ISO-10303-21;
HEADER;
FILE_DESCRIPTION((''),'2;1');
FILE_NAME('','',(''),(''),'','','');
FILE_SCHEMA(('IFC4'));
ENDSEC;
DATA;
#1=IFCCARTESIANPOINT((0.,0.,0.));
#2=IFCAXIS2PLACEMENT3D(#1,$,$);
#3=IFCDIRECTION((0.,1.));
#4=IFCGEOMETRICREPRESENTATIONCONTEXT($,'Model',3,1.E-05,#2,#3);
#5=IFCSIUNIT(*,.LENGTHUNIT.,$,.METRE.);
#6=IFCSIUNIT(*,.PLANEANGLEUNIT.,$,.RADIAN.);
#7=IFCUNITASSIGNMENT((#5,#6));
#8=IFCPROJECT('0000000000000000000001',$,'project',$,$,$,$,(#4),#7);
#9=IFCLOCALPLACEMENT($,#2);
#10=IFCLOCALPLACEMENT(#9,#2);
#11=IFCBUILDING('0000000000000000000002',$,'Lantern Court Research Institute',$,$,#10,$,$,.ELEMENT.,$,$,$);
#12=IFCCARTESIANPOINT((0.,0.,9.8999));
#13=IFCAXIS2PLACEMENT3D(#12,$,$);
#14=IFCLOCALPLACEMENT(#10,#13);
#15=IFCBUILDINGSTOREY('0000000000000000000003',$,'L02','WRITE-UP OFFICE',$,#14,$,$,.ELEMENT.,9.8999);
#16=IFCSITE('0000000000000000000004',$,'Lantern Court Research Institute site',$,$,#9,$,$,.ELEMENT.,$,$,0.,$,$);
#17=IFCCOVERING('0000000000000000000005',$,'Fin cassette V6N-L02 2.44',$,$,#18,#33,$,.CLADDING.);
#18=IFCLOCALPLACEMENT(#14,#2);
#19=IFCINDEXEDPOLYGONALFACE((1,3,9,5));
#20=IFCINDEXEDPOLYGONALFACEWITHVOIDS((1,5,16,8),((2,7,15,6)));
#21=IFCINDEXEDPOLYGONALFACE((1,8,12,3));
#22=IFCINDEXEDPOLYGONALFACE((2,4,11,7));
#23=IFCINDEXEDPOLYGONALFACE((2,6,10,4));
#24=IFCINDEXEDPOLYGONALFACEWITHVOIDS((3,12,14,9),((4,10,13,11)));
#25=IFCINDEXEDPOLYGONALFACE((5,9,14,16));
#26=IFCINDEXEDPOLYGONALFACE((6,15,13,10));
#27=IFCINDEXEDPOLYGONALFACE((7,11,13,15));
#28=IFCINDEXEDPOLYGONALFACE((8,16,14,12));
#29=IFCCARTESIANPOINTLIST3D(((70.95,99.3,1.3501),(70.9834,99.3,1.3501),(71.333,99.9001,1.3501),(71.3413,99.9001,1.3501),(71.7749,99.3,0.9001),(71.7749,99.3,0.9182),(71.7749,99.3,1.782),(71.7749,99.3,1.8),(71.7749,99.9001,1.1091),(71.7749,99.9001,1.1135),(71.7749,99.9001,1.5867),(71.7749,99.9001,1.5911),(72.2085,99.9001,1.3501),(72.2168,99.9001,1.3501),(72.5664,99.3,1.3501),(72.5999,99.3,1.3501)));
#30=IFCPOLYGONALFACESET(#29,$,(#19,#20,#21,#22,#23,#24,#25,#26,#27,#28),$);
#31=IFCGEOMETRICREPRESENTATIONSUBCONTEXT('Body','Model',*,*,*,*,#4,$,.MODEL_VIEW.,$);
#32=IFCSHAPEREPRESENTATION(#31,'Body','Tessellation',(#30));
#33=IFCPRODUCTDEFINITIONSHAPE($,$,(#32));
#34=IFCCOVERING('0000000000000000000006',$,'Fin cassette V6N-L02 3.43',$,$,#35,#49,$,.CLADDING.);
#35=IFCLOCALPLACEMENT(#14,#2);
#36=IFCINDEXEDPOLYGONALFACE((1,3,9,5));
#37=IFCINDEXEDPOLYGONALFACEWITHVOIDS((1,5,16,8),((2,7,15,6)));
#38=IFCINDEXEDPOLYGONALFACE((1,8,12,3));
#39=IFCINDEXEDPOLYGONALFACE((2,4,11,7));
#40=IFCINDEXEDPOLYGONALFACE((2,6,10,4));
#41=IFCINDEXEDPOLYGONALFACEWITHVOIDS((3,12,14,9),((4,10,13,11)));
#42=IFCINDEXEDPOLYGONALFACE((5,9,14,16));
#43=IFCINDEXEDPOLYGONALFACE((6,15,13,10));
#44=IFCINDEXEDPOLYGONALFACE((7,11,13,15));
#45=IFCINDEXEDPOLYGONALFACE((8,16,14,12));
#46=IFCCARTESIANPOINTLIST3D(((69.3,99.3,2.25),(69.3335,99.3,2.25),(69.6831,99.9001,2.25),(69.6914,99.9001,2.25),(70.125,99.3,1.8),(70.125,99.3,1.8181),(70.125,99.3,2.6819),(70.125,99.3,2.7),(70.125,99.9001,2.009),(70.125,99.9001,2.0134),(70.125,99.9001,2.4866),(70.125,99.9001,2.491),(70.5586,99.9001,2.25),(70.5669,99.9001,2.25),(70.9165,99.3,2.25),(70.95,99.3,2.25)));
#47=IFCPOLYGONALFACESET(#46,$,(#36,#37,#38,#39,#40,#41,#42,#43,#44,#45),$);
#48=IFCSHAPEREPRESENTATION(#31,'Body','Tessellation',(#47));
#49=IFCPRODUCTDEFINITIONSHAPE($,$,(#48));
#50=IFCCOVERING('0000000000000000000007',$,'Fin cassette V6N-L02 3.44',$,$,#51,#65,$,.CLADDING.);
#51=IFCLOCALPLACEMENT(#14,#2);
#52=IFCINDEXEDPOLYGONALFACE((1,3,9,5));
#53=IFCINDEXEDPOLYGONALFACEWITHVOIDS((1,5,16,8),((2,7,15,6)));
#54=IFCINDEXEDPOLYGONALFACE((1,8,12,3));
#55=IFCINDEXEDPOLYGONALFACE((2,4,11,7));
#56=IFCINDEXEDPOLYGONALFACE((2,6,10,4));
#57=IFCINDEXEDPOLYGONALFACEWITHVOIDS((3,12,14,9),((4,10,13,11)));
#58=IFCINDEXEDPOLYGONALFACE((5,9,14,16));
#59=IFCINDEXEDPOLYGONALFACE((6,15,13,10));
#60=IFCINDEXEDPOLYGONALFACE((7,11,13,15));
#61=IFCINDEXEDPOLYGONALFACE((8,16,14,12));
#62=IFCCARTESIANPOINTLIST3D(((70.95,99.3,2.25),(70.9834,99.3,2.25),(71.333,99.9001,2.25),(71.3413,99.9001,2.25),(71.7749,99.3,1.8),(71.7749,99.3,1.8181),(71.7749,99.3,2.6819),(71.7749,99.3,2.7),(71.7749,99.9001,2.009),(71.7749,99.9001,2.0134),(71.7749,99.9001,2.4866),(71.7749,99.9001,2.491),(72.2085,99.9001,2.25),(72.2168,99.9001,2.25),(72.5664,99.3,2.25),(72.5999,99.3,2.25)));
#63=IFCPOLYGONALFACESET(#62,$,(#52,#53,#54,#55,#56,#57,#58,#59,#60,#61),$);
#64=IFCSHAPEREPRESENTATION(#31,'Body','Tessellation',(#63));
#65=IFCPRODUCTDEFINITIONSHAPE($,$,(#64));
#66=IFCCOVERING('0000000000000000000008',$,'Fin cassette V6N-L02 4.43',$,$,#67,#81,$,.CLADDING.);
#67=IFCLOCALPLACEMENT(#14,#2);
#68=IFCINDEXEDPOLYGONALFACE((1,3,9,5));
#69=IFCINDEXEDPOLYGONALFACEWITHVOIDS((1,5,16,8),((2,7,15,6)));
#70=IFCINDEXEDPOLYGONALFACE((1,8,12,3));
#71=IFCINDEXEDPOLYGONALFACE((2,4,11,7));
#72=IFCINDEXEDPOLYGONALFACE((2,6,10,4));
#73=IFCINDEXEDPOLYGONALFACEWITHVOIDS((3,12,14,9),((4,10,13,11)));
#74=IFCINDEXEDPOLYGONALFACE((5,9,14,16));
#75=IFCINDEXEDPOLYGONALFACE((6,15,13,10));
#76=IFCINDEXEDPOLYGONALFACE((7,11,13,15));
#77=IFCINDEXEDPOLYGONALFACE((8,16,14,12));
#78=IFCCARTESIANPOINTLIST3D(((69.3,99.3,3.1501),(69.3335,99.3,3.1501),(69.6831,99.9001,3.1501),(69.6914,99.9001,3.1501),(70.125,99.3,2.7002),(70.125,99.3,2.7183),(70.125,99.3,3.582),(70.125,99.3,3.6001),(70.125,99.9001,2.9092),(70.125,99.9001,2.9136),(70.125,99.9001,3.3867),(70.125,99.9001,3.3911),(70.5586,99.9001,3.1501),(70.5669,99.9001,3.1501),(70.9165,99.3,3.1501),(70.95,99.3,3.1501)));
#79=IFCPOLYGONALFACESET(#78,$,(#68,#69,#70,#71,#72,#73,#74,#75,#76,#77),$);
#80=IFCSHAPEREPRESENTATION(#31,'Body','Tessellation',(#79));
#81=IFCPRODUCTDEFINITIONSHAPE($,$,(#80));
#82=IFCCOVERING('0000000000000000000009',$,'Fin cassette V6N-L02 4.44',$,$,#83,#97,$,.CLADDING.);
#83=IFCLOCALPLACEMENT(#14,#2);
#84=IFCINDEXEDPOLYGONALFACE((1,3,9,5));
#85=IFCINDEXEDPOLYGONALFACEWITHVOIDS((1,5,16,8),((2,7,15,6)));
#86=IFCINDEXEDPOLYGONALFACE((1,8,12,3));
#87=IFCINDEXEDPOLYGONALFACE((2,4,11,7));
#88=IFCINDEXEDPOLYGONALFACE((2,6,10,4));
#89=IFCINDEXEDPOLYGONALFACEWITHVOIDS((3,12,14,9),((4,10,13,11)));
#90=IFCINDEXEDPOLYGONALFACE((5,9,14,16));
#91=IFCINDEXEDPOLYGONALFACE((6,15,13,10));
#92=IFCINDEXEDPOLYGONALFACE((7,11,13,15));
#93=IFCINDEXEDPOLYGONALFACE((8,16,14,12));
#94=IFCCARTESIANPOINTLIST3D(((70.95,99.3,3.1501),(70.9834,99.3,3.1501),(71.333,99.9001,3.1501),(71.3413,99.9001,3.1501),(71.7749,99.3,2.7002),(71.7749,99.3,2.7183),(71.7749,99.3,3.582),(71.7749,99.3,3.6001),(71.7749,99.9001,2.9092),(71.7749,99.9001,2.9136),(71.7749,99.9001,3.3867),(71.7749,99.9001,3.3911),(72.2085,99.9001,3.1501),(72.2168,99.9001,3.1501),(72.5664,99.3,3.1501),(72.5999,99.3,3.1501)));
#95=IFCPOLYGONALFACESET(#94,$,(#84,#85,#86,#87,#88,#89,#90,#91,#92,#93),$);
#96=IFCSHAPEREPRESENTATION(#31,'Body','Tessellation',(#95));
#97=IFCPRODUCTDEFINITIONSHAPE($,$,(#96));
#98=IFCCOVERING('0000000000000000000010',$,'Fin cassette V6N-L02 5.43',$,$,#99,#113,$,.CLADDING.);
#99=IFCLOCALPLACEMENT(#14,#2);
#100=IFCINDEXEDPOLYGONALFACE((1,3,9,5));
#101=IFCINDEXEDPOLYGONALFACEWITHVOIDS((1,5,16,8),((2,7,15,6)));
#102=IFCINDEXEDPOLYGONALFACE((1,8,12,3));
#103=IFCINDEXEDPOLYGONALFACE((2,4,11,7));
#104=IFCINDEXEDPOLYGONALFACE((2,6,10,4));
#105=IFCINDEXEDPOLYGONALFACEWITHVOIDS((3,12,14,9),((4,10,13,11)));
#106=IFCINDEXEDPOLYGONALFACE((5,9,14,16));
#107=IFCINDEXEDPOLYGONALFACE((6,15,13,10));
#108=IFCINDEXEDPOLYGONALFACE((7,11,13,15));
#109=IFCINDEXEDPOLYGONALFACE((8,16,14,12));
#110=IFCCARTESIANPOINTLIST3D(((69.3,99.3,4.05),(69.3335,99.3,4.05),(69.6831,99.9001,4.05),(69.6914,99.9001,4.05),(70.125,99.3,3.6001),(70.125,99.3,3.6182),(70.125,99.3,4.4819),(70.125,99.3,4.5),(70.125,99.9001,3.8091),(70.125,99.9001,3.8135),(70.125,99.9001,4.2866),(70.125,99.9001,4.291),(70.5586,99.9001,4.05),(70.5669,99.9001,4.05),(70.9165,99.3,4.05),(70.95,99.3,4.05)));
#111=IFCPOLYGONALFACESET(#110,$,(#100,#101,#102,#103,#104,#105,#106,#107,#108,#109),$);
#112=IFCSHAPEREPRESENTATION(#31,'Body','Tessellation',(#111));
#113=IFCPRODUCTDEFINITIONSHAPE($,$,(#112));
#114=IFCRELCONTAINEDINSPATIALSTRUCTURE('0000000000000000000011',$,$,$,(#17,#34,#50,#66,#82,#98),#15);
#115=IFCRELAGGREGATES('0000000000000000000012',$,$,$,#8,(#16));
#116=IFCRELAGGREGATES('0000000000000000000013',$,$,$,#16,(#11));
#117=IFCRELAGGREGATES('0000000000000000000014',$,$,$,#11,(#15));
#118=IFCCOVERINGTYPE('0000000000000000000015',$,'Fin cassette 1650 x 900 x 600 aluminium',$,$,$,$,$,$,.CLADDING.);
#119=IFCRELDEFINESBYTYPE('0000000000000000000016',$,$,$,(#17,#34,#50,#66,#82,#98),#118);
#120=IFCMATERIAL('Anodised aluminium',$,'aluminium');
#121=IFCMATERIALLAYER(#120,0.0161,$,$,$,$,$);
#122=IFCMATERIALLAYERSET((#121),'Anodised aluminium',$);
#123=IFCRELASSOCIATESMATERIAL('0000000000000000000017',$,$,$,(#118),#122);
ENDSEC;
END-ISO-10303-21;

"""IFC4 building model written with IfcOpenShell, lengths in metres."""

from ifc_helpers import new_model, entity, si_unit, direction, frame, origin, place, context, subcontext, project, spatial, material, layer, layer_set, type_object, element, save


model = new_model("IFC4")

# Units and contexts
model_context = context("Model", 3, precision=1e-05, world=origin(), true_north=direction((0.0, 1.0)))
body_context = subcontext(model_context, "Body", "Model", "MODEL_VIEW")
ifc_project = project(units=[si_unit("LENGTHUNIT", "METRE"), si_unit("PLANEANGLEUNIT", "RADIAN")], contexts=[model_context])

# Site, building, storey
site_placement = place(None, origin())
site = spatial("IfcSite", under=ifc_project, at=site_placement, Name="Lantern Court Research Institute site", CompositionType="ELEMENT", RefElevation=0.0)
building_placement = place(site_placement, origin())
building = spatial("IfcBuilding", under=site, at=building_placement, Name="Lantern Court Research Institute", CompositionType="ELEMENT")
storey_placement = place(building_placement, frame((0.0, 0.0, 9.8999)))
storey = spatial("IfcBuildingStorey", under=building, at=storey_placement, Name="L02", Description="WRITE-UP OFFICE", CompositionType="ELEMENT", Elevation=9.8999)

# Coverings
ifc_material_1 = material(Name="Anodised aluminium", Category="aluminium")
ifc_layer_1 = layer(ifc_material_1, 0.0161)
ifc_layer_set_1 = layer_set([ifc_layer_1], Name="Anodised aluminium")
covering_type = type_object("IfcCoveringType", Name="Fin cassette 1650 x 900 x 600 aluminium", PredefinedType="CLADDING", material=ifc_layer_set_1)
covering_1_placement = place(storey_placement, frame((71.7749, 99.3, 1.3501), z_axis=(0.0, 1.0, 0.0), x_axis=(-1.0, 0.0, 0.0)))
cartesian_point_1 = entity("IfcCartesianPoint", [0.825, 0.0])
cartesian_point_2 = entity("IfcCartesianPoint", [0.7915, 0.0])
cartesian_point_3 = entity("IfcCartesianPoint", [0.4419, 0.0])
cartesian_point_4 = entity("IfcCartesianPoint", [0.4336, 0.0])
element("IfcCovering", 1, at=covering_1_placement, inside=storey, type_object=covering_type, Name="Fin cassette V6N-L02 2.44", PredefinedType="CLADDING", context=body_context, shape_type="SweptSolid", body=[
    entity("IfcExtrudedAreaSolidTapered", entity("IfcArbitraryProfileDefWithVoids", "AREA", None, entity("IfcPolyline", [cartesian_point_1, entity("IfcCartesianPoint", [0.0, 0.45]), entity("IfcCartesianPoint", [-0.825, 0.0]), entity("IfcCartesianPoint", [0.0, -0.45]), cartesian_point_1]), [entity("IfcPolyline", [cartesian_point_2, entity("IfcCartesianPoint", [0.0, 0.4319]), entity("IfcCartesianPoint", [-0.7915, 0.0]), entity("IfcCartesianPoint", [0.0, -0.4319]), cartesian_point_2])]), entity("IfcAxis2Placement3D", entity("IfcCartesianPoint", [0.0, 0.0, 0.0])), entity("IfcDirection", [0.0, 0.0, 1.0]), 0.6001, entity("IfcArbitraryProfileDefWithVoids", "AREA", None, entity("IfcPolyline", [cartesian_point_3, entity("IfcCartesianPoint", [0.0, 0.241]), entity("IfcCartesianPoint", [-0.4419, 0.0]), entity("IfcCartesianPoint", [0.0, -0.241]), cartesian_point_3]), [entity("IfcPolyline", [cartesian_point_4, entity("IfcCartesianPoint", [0.0, 0.2366]), entity("IfcCartesianPoint", [-0.4336, 0.0]), entity("IfcCartesianPoint", [0.0, -0.2366]), cartesian_point_4])])),
])
covering_2_placement = place(storey_placement, frame((70.125, 99.3, 2.25), z_axis=(0.0, 1.0, 0.0), x_axis=(-1.0, 0.0, 0.0)))
cartesian_point_5 = entity("IfcCartesianPoint", [0.825, 0.0])
cartesian_point_6 = entity("IfcCartesianPoint", [0.7915, 0.0])
cartesian_point_7 = entity("IfcCartesianPoint", [0.4419, 0.0])
cartesian_point_8 = entity("IfcCartesianPoint", [0.4336, 0.0])
element("IfcCovering", 2, at=covering_2_placement, inside=storey, type_object=covering_type, Name="Fin cassette V6N-L02 3.43", PredefinedType="CLADDING", context=body_context, shape_type="SweptSolid", body=[
    entity("IfcExtrudedAreaSolidTapered", entity("IfcArbitraryProfileDefWithVoids", "AREA", None, entity("IfcPolyline", [cartesian_point_5, entity("IfcCartesianPoint", [0.0, 0.45]), entity("IfcCartesianPoint", [-0.825, 0.0]), entity("IfcCartesianPoint", [0.0, -0.45]), cartesian_point_5]), [entity("IfcPolyline", [cartesian_point_6, entity("IfcCartesianPoint", [0.0, 0.4319]), entity("IfcCartesianPoint", [-0.7915, 0.0]), entity("IfcCartesianPoint", [0.0, -0.4319]), cartesian_point_6])]), entity("IfcAxis2Placement3D", entity("IfcCartesianPoint", [0.0, 0.0, 0.0])), entity("IfcDirection", [0.0, 0.0, 1.0]), 0.6001, entity("IfcArbitraryProfileDefWithVoids", "AREA", None, entity("IfcPolyline", [cartesian_point_7, entity("IfcCartesianPoint", [0.0, 0.241]), entity("IfcCartesianPoint", [-0.4419, 0.0]), entity("IfcCartesianPoint", [0.0, -0.241]), cartesian_point_7]), [entity("IfcPolyline", [cartesian_point_8, entity("IfcCartesianPoint", [0.0, 0.2366]), entity("IfcCartesianPoint", [-0.4336, 0.0]), entity("IfcCartesianPoint", [0.0, -0.2366]), cartesian_point_8])])),
])
covering_3_placement = place(storey_placement, frame((71.7749, 99.3, 2.25), z_axis=(0.0, 1.0, 0.0), x_axis=(-1.0, 0.0, 0.0)))
cartesian_point_9 = entity("IfcCartesianPoint", [0.825, 0.0])
cartesian_point_10 = entity("IfcCartesianPoint", [0.7915, 0.0])
cartesian_point_11 = entity("IfcCartesianPoint", [0.4419, 0.0])
cartesian_point_12 = entity("IfcCartesianPoint", [0.4336, 0.0])
element("IfcCovering", 3, at=covering_3_placement, inside=storey, type_object=covering_type, Name="Fin cassette V6N-L02 3.44", PredefinedType="CLADDING", context=body_context, shape_type="SweptSolid", body=[
    entity("IfcExtrudedAreaSolidTapered", entity("IfcArbitraryProfileDefWithVoids", "AREA", None, entity("IfcPolyline", [cartesian_point_9, entity("IfcCartesianPoint", [0.0, 0.45]), entity("IfcCartesianPoint", [-0.825, 0.0]), entity("IfcCartesianPoint", [0.0, -0.45]), cartesian_point_9]), [entity("IfcPolyline", [cartesian_point_10, entity("IfcCartesianPoint", [0.0, 0.4319]), entity("IfcCartesianPoint", [-0.7915, 0.0]), entity("IfcCartesianPoint", [0.0, -0.4319]), cartesian_point_10])]), entity("IfcAxis2Placement3D", entity("IfcCartesianPoint", [0.0, 0.0, 0.0])), entity("IfcDirection", [0.0, 0.0, 1.0]), 0.6001, entity("IfcArbitraryProfileDefWithVoids", "AREA", None, entity("IfcPolyline", [cartesian_point_11, entity("IfcCartesianPoint", [0.0, 0.241]), entity("IfcCartesianPoint", [-0.4419, 0.0]), entity("IfcCartesianPoint", [0.0, -0.241]), cartesian_point_11]), [entity("IfcPolyline", [cartesian_point_12, entity("IfcCartesianPoint", [0.0, 0.2366]), entity("IfcCartesianPoint", [-0.4336, 0.0]), entity("IfcCartesianPoint", [0.0, -0.2366]), cartesian_point_12])])),
])
covering_4_placement = place(storey_placement, frame((70.125, 99.3, 3.1501), z_axis=(0.0, 1.0, 0.0), x_axis=(-1.0, 0.0, 0.0)))
cartesian_point_13 = entity("IfcCartesianPoint", [0.825, 0.0])
cartesian_point_14 = entity("IfcCartesianPoint", [0.7915, 0.0])
cartesian_point_15 = entity("IfcCartesianPoint", [0.4419, 0.0])
cartesian_point_16 = entity("IfcCartesianPoint", [0.4336, 0.0])
element("IfcCovering", 4, at=covering_4_placement, inside=storey, type_object=covering_type, Name="Fin cassette V6N-L02 4.43", PredefinedType="CLADDING", context=body_context, shape_type="SweptSolid", body=[
    entity("IfcExtrudedAreaSolidTapered", entity("IfcArbitraryProfileDefWithVoids", "AREA", None, entity("IfcPolyline", [cartesian_point_13, entity("IfcCartesianPoint", [0.0, 0.45]), entity("IfcCartesianPoint", [-0.825, 0.0]), entity("IfcCartesianPoint", [0.0, -0.45]), cartesian_point_13]), [entity("IfcPolyline", [cartesian_point_14, entity("IfcCartesianPoint", [0.0, 0.4319]), entity("IfcCartesianPoint", [-0.7915, 0.0]), entity("IfcCartesianPoint", [0.0, -0.4319]), cartesian_point_14])]), entity("IfcAxis2Placement3D", entity("IfcCartesianPoint", [0.0, 0.0, 0.0])), entity("IfcDirection", [0.0, 0.0, 1.0]), 0.6001, entity("IfcArbitraryProfileDefWithVoids", "AREA", None, entity("IfcPolyline", [cartesian_point_15, entity("IfcCartesianPoint", [0.0, 0.241]), entity("IfcCartesianPoint", [-0.4419, 0.0]), entity("IfcCartesianPoint", [0.0, -0.241]), cartesian_point_15]), [entity("IfcPolyline", [cartesian_point_16, entity("IfcCartesianPoint", [0.0, 0.2366]), entity("IfcCartesianPoint", [-0.4336, 0.0]), entity("IfcCartesianPoint", [0.0, -0.2366]), cartesian_point_16])])),
])
covering_5_placement = place(storey_placement, frame((71.7749, 99.3, 3.1501), z_axis=(0.0, 1.0, 0.0), x_axis=(-1.0, 0.0, 0.0)))
cartesian_point_17 = entity("IfcCartesianPoint", [0.825, 0.0])
cartesian_point_18 = entity("IfcCartesianPoint", [0.7915, 0.0])
cartesian_point_19 = entity("IfcCartesianPoint", [0.4419, 0.0])
cartesian_point_20 = entity("IfcCartesianPoint", [0.4336, 0.0])
element("IfcCovering", 5, at=covering_5_placement, inside=storey, type_object=covering_type, Name="Fin cassette V6N-L02 4.44", PredefinedType="CLADDING", context=body_context, shape_type="SweptSolid", body=[
    entity("IfcExtrudedAreaSolidTapered", entity("IfcArbitraryProfileDefWithVoids", "AREA", None, entity("IfcPolyline", [cartesian_point_17, entity("IfcCartesianPoint", [0.0, 0.45]), entity("IfcCartesianPoint", [-0.825, 0.0]), entity("IfcCartesianPoint", [0.0, -0.45]), cartesian_point_17]), [entity("IfcPolyline", [cartesian_point_18, entity("IfcCartesianPoint", [0.0, 0.4319]), entity("IfcCartesianPoint", [-0.7915, 0.0]), entity("IfcCartesianPoint", [0.0, -0.4319]), cartesian_point_18])]), entity("IfcAxis2Placement3D", entity("IfcCartesianPoint", [0.0, 0.0, 0.0])), entity("IfcDirection", [0.0, 0.0, 1.0]), 0.6001, entity("IfcArbitraryProfileDefWithVoids", "AREA", None, entity("IfcPolyline", [cartesian_point_19, entity("IfcCartesianPoint", [0.0, 0.241]), entity("IfcCartesianPoint", [-0.4419, 0.0]), entity("IfcCartesianPoint", [0.0, -0.241]), cartesian_point_19]), [entity("IfcPolyline", [cartesian_point_20, entity("IfcCartesianPoint", [0.0, 0.2366]), entity("IfcCartesianPoint", [-0.4336, 0.0]), entity("IfcCartesianPoint", [0.0, -0.2366]), cartesian_point_20])])),
])
covering_6_placement = place(storey_placement, frame((70.125, 99.3, 4.05), z_axis=(0.0, 1.0, 0.0), x_axis=(-1.0, 0.0, 0.0)))
cartesian_point_21 = entity("IfcCartesianPoint", [0.825, 0.0])
cartesian_point_22 = entity("IfcCartesianPoint", [0.7915, 0.0])
cartesian_point_23 = entity("IfcCartesianPoint", [0.4419, 0.0])
cartesian_point_24 = entity("IfcCartesianPoint", [0.4336, 0.0])
element("IfcCovering", 6, at=covering_6_placement, inside=storey, type_object=covering_type, Name="Fin cassette V6N-L02 5.43", PredefinedType="CLADDING", context=body_context, shape_type="SweptSolid", body=[
    entity("IfcExtrudedAreaSolidTapered", entity("IfcArbitraryProfileDefWithVoids", "AREA", None, entity("IfcPolyline", [cartesian_point_21, entity("IfcCartesianPoint", [0.0, 0.45]), entity("IfcCartesianPoint", [-0.825, 0.0]), entity("IfcCartesianPoint", [0.0, -0.45]), cartesian_point_21]), [entity("IfcPolyline", [cartesian_point_22, entity("IfcCartesianPoint", [0.0, 0.4319]), entity("IfcCartesianPoint", [-0.7915, 0.0]), entity("IfcCartesianPoint", [0.0, -0.4319]), cartesian_point_22])]), entity("IfcAxis2Placement3D", entity("IfcCartesianPoint", [0.0, 0.0, 0.0])), entity("IfcDirection", [0.0, 0.0, 1.0]), 0.6001, entity("IfcArbitraryProfileDefWithVoids", "AREA", None, entity("IfcPolyline", [cartesian_point_23, entity("IfcCartesianPoint", [0.0, 0.241]), entity("IfcCartesianPoint", [-0.4419, 0.0]), entity("IfcCartesianPoint", [0.0, -0.241]), cartesian_point_23]), [entity("IfcPolyline", [cartesian_point_24, entity("IfcCartesianPoint", [0.0, 0.2366]), entity("IfcCartesianPoint", [-0.4336, 0.0]), entity("IfcCartesianPoint", [0.0, -0.2366]), cartesian_point_24])])),
])

save(model, "model.ifc")
